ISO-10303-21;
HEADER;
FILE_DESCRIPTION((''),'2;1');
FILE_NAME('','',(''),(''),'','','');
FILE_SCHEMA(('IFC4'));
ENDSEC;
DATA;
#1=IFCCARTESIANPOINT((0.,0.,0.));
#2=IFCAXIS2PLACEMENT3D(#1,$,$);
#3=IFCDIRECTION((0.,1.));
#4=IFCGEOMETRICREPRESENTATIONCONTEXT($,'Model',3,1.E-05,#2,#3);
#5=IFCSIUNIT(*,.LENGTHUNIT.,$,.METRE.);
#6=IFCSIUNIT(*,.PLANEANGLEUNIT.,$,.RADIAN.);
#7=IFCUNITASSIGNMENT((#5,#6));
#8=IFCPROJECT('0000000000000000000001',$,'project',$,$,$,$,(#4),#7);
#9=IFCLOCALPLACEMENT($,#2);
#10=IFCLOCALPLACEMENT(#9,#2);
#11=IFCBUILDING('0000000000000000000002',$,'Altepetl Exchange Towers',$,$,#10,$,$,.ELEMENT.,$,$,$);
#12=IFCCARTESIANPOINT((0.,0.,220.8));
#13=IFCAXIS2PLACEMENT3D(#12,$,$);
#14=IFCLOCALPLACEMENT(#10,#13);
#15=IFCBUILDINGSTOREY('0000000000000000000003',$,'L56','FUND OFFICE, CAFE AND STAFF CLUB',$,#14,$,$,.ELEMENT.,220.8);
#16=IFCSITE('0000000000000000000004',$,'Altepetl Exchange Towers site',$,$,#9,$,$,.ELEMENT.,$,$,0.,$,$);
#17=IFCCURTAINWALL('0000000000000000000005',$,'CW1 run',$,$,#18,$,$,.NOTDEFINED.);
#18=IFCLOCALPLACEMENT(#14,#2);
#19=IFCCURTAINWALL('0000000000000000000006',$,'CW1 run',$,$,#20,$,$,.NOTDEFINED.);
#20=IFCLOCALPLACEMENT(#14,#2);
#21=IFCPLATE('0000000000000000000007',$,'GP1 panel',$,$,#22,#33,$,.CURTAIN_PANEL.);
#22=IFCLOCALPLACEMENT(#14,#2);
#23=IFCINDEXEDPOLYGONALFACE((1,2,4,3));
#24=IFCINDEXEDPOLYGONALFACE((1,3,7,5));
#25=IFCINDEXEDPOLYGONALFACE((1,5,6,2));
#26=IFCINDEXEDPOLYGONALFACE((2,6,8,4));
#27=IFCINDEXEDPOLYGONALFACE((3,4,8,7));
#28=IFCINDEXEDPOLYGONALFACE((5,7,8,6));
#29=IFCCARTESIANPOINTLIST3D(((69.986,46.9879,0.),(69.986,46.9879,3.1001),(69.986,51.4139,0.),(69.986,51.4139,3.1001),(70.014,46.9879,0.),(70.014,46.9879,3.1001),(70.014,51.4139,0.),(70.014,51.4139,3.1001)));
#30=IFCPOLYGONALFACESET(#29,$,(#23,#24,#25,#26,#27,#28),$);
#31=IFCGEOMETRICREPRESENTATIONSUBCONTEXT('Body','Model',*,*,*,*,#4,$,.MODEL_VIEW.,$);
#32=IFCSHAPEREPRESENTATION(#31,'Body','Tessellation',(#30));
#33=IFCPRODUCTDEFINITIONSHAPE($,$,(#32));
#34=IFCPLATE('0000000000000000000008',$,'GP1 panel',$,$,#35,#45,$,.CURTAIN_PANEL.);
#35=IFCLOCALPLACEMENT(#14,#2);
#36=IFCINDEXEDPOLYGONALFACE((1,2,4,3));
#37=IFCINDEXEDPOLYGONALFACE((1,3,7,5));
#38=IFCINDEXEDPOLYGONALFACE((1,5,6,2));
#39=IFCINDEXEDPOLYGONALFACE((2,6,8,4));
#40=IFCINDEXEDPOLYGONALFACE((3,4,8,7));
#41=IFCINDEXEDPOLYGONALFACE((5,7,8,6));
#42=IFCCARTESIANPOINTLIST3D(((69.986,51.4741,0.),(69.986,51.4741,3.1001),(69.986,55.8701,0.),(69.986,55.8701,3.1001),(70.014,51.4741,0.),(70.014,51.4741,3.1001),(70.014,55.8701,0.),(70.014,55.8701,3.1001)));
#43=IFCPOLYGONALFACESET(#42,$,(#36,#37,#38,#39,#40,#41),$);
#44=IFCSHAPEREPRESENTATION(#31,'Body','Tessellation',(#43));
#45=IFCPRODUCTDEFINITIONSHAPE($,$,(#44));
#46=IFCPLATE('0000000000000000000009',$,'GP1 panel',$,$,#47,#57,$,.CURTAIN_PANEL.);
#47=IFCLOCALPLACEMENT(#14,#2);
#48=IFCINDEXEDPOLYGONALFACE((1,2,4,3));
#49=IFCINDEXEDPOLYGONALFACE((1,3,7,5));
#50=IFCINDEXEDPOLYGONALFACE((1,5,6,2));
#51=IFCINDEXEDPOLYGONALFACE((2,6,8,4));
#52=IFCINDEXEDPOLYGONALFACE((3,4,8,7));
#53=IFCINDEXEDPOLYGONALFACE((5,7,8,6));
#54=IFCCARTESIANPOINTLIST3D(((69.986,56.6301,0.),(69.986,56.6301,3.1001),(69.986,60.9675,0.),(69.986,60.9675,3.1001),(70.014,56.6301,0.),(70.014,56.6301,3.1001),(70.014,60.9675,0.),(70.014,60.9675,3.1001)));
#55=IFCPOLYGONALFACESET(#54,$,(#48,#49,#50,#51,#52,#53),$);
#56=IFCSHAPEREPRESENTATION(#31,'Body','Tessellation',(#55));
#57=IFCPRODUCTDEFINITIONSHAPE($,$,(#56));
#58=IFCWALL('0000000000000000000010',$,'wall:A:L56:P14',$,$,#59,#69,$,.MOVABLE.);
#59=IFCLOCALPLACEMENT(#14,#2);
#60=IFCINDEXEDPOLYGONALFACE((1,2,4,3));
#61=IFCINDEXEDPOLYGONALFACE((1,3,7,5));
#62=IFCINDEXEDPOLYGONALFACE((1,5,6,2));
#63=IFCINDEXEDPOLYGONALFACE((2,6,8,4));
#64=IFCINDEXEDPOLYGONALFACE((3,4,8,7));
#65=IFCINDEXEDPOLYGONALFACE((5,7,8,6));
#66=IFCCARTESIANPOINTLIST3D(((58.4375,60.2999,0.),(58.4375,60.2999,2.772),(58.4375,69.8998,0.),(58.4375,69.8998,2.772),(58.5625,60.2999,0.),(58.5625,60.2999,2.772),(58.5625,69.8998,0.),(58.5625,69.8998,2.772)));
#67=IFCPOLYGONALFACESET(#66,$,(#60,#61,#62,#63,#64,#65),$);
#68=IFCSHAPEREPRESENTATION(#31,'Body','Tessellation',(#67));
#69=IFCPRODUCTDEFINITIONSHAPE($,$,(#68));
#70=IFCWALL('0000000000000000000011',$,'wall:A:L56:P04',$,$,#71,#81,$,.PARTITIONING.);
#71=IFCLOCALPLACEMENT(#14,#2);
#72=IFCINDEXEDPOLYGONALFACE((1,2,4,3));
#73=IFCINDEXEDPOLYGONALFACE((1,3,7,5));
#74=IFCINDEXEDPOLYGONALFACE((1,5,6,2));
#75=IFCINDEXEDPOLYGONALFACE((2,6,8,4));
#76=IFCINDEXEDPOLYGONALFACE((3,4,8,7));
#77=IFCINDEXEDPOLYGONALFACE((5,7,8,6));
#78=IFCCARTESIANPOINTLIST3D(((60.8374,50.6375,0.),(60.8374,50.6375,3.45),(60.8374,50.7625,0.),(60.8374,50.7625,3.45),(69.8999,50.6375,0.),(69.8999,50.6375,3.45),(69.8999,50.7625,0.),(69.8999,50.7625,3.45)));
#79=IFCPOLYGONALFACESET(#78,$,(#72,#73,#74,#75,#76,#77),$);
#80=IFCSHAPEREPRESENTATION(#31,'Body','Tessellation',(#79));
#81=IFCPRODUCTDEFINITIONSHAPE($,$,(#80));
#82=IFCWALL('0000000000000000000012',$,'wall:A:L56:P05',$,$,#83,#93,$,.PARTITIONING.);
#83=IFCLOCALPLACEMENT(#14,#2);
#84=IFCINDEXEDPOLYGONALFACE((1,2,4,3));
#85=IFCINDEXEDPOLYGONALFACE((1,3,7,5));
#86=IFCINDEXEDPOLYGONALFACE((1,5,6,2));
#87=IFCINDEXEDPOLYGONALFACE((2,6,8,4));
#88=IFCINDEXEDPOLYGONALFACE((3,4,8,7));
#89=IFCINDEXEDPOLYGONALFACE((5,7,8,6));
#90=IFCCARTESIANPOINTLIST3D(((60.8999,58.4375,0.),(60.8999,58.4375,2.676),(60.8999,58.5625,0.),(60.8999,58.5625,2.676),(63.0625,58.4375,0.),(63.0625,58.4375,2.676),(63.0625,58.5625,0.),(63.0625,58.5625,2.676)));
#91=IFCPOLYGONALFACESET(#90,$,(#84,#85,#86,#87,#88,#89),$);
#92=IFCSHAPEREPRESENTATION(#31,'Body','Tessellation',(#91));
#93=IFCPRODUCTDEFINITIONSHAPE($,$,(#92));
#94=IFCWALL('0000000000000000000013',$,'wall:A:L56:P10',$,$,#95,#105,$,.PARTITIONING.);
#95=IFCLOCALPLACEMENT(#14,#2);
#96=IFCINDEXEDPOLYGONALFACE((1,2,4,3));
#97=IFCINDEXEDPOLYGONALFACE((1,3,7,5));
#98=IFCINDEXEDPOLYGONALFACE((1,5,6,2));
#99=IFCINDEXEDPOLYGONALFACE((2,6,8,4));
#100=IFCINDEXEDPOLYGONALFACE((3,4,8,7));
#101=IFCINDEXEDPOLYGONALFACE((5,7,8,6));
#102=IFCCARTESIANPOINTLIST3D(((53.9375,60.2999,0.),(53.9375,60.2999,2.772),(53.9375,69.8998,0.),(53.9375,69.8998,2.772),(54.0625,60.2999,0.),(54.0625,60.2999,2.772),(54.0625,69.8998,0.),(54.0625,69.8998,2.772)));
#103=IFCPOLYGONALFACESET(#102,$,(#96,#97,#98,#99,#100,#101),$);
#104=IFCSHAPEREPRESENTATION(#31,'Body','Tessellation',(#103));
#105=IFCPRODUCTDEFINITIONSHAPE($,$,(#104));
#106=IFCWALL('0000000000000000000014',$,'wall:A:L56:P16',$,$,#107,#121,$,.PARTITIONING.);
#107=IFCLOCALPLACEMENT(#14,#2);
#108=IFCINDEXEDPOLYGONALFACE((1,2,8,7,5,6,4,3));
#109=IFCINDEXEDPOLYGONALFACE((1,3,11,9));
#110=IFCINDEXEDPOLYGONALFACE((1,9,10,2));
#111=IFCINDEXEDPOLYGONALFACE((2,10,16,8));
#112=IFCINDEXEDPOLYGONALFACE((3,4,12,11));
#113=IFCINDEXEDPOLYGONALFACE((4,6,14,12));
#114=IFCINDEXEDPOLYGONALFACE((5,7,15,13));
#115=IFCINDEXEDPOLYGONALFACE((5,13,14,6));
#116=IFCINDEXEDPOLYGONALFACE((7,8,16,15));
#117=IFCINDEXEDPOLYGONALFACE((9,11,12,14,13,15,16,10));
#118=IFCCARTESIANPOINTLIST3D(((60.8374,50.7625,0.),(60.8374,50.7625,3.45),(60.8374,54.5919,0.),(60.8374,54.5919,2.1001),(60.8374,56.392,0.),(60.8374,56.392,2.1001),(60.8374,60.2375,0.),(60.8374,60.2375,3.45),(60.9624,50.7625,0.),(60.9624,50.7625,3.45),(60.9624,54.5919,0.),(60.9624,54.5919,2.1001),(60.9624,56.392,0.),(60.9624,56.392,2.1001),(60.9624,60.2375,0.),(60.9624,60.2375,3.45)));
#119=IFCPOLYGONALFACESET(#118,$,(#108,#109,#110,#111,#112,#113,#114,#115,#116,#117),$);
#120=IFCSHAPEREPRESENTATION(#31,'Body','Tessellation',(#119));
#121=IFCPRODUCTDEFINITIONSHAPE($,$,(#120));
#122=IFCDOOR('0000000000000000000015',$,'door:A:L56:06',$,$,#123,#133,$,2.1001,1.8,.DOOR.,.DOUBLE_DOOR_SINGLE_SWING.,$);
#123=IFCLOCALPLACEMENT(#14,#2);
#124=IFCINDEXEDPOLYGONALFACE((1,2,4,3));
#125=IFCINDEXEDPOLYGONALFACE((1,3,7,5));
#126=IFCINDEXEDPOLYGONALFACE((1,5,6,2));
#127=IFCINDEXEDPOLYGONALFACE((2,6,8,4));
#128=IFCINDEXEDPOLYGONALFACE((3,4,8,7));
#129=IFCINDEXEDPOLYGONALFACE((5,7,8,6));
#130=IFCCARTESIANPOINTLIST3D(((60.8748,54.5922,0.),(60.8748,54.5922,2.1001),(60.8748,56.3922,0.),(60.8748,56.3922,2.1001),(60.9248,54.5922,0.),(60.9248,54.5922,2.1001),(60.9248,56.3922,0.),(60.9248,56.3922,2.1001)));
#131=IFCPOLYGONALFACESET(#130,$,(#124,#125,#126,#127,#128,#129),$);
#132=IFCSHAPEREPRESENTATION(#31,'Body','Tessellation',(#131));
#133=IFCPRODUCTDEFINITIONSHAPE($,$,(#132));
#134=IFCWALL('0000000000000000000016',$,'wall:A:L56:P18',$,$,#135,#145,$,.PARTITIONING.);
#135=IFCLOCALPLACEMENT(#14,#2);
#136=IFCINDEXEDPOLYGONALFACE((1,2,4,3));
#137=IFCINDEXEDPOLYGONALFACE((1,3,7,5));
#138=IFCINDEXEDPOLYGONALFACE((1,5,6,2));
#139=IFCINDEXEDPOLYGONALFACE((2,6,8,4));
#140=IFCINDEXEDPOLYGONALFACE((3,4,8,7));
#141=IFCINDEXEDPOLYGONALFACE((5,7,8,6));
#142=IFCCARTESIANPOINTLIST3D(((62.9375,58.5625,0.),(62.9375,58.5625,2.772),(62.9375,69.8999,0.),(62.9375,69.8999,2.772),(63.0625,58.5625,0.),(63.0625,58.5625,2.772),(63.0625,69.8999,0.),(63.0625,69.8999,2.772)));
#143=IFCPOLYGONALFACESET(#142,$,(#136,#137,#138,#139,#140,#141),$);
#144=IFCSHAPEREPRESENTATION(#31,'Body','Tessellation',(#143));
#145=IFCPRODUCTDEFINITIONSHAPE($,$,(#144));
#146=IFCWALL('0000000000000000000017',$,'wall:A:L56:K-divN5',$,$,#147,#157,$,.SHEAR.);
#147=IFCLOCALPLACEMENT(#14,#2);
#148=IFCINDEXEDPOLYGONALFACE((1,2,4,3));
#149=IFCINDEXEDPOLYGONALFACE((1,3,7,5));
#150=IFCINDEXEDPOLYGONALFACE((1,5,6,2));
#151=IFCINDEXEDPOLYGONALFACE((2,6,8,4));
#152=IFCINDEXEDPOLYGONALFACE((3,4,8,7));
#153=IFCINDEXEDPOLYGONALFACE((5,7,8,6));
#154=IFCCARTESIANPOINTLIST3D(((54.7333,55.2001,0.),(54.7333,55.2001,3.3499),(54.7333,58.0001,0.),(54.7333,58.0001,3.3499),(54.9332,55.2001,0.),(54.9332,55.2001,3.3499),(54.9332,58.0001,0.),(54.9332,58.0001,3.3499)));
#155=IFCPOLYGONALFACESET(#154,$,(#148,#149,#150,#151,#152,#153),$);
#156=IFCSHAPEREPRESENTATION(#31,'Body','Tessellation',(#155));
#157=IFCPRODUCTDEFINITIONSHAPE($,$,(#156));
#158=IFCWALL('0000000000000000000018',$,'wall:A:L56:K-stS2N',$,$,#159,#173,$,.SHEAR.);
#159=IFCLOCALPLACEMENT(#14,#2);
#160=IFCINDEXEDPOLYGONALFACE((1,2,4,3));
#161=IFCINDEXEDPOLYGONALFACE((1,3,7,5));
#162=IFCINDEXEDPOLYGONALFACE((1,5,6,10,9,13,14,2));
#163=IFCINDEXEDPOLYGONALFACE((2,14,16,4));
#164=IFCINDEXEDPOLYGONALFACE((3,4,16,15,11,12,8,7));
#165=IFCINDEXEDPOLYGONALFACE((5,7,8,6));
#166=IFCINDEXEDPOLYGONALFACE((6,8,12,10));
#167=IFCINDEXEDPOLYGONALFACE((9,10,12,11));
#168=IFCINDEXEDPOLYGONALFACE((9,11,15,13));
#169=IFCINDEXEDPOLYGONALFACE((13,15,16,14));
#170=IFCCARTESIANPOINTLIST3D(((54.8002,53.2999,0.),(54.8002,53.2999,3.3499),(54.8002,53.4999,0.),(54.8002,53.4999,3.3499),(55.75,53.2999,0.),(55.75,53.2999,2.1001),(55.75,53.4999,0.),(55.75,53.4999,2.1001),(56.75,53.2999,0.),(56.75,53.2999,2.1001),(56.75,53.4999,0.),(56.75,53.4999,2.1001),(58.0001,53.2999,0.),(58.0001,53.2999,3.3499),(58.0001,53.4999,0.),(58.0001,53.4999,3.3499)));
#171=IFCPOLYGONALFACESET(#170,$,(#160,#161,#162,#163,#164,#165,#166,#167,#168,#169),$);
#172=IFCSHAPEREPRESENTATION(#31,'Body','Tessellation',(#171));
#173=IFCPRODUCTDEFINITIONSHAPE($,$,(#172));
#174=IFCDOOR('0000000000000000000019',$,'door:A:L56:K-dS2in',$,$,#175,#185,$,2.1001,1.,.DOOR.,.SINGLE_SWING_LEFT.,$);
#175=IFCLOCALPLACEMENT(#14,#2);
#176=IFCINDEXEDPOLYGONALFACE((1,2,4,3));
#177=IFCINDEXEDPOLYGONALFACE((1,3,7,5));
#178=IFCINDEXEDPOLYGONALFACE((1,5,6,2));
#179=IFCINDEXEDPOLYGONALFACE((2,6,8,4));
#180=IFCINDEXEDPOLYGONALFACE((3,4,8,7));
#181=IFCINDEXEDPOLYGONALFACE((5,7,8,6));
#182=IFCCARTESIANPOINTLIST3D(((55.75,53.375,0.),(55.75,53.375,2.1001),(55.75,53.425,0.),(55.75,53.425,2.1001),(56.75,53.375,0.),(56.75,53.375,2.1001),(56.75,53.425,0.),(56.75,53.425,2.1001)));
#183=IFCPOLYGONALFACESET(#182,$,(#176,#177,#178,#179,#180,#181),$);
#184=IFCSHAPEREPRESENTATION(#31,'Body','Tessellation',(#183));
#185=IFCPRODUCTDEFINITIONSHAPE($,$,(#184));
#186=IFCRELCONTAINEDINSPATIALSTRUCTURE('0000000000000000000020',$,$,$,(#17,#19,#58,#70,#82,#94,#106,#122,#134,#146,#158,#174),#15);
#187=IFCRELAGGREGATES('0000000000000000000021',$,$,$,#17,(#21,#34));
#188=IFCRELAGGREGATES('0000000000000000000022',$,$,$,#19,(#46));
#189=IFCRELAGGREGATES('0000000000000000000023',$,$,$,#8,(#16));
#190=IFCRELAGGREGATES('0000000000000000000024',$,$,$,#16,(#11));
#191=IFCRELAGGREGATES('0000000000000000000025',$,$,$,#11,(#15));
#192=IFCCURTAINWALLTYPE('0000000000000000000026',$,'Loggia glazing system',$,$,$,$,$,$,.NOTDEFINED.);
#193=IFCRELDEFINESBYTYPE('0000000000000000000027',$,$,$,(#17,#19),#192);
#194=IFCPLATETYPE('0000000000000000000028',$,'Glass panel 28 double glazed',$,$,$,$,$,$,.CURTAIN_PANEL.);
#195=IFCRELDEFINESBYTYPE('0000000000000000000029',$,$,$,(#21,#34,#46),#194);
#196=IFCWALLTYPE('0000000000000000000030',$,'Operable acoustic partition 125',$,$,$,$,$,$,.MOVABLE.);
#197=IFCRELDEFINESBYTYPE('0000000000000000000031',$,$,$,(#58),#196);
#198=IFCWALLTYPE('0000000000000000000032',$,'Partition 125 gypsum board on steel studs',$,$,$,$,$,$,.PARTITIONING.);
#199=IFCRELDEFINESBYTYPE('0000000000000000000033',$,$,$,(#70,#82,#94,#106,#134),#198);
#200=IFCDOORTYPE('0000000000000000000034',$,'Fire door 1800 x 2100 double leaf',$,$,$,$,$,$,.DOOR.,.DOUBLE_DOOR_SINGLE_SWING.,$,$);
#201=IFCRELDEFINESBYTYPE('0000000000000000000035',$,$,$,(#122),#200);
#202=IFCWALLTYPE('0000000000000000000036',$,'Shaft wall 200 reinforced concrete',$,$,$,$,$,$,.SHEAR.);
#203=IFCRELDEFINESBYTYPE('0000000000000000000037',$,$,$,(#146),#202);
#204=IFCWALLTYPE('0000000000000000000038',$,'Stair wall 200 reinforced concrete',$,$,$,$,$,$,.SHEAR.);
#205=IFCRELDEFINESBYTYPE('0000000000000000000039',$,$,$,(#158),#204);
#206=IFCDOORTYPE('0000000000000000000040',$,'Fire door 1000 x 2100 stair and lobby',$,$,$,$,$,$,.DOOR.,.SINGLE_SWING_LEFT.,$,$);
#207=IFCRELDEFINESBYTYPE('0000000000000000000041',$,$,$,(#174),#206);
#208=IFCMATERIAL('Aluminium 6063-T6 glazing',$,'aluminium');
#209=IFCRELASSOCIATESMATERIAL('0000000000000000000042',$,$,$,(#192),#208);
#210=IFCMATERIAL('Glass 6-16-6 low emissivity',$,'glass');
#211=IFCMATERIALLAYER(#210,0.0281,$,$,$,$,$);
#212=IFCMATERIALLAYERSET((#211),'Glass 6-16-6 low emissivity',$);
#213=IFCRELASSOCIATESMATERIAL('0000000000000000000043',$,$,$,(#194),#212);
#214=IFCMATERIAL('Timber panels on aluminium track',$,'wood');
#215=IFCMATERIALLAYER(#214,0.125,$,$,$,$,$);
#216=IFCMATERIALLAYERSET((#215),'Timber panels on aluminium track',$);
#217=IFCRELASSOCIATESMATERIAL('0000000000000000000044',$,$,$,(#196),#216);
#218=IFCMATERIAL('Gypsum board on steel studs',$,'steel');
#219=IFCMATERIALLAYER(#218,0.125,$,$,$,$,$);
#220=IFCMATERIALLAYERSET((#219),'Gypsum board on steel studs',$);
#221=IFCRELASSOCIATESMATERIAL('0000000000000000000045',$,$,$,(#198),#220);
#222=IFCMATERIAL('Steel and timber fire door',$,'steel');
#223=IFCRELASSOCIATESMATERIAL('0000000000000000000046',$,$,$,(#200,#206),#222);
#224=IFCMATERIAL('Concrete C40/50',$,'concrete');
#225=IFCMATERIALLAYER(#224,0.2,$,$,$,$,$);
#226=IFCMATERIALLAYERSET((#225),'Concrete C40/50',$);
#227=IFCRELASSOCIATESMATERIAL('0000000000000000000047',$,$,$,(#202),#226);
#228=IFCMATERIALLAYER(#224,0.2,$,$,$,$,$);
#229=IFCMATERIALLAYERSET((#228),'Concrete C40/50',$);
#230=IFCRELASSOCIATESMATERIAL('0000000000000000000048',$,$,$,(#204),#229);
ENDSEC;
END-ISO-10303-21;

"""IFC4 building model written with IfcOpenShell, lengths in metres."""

from ifc_helpers import new_model, si_unit, direction, frame, frame_2d, origin, origin_2d, place, context, subcontext, project, spatial, rectangle, extrude, material, layer, layer_set, type_object, element, fill, aggregate, save


model = new_model("IFC4")

# Units and contexts
model_context = context("Model", 3, precision=1e-05, world=origin(), true_north=direction((0.0, 1.0)))
body_context = subcontext(model_context, "Body", "Model", "MODEL_VIEW")
ifc_project = project(units=[si_unit("LENGTHUNIT", "METRE"), si_unit("PLANEANGLEUNIT", "RADIAN")], contexts=[model_context])

# Site, building, storey
site_placement = place(None, origin())
site = spatial("IfcSite", under=ifc_project, at=site_placement, Name="Altepetl Exchange Towers site", CompositionType="ELEMENT", RefElevation=0.0)
building_placement = place(site_placement, origin())
building = spatial("IfcBuilding", under=site, at=building_placement, Name="Altepetl Exchange Towers", CompositionType="ELEMENT")
storey_placement = place(building_placement, frame((0.0, 0.0, 220.8)))
storey = spatial("IfcBuildingStorey", under=building, at=storey_placement, Name="L56", Description="FUND OFFICE, CAFE AND STAFF CLUB", CompositionType="ELEMENT", Elevation=220.8)

# Curtain wall
ifc_material_1 = material(Name="Aluminium 6063-T6 glazing", Category="aluminium")
curtain_wall_type = type_object("IfcCurtainWallType", Name="Loggia glazing system", PredefinedType="NOTDEFINED", material=ifc_material_1)
curtain_wall_1_placement = place(storey_placement, origin())
curtain_wall_1 = element("IfcCurtainWall", 1, at=curtain_wall_1_placement, inside=storey, type_object=curtain_wall_type, Name="CW1 run", PredefinedType="NOTDEFINED")

# Curtain wall
curtain_wall_2_placement = place(storey_placement, origin())
curtain_wall_2 = element("IfcCurtainWall", 2, at=curtain_wall_2_placement, inside=storey, type_object=curtain_wall_type, Name="CW1 run", PredefinedType="NOTDEFINED")

# Plates
ifc_material_2 = material(Name="Glass 6-16-6 low emissivity", Category="glass")
ifc_layer_1 = layer(ifc_material_2, 0.0281)
ifc_layer_set_1 = layer_set([ifc_layer_1], Name="Glass 6-16-6 low emissivity")
plate_type = type_object("IfcPlateType", Name="Glass panel 28 double glazed", PredefinedType="CURTAIN_PANEL", material=ifc_layer_set_1)
plate_1_placement = place(storey_placement, frame((70.0, 49.2009, 0.0), z_axis=(0.0, 0.0, 1.0), x_axis=(0.0, 1.0, 0.0)))
plate_1 = element("IfcPlate", 3, at=plate_1_placement, type_object=plate_type, Name="GP1 panel", PredefinedType="CURTAIN_PANEL", context=body_context, shape_type="SweptSolid", body=[
    extrude(rectangle(XDim=4.426, YDim=0.0281, at=origin_2d()), origin(), (0.0, 0.0, 1.0), 3.1001),
])
plate_2_placement = place(storey_placement, frame((70.0, 53.6721, 0.0), z_axis=(0.0, 0.0, 1.0), x_axis=(0.0, 1.0, 0.0)))
plate_2 = element("IfcPlate", 4, at=plate_2_placement, type_object=plate_type, Name="GP1 panel", PredefinedType="CURTAIN_PANEL", context=body_context, shape_type="SweptSolid", body=[
    extrude(rectangle(XDim=4.396, YDim=0.0281, at=origin_2d()), origin(), (0.0, 0.0, 1.0), 3.1001),
])
aggregate(curtain_wall_1, [plate_1, plate_2])
plate_3_placement = place(storey_placement, frame((70.0, 58.7988, 0.0), z_axis=(0.0, 0.0, 1.0), x_axis=(0.0, 1.0, 0.0)))
plate_3 = element("IfcPlate", 5, at=plate_3_placement, type_object=plate_type, Name="GP1 panel", PredefinedType="CURTAIN_PANEL", context=body_context, shape_type="SweptSolid", body=[
    extrude(rectangle(XDim=4.3374, YDim=0.0281, at=origin_2d()), origin(), (0.0, 0.0, 1.0), 3.1001),
])
aggregate(curtain_wall_2, [plate_3])

# Walls
ifc_material_3 = material(Name="Timber panels on aluminium track", Category="wood")
ifc_layer_2 = layer(ifc_material_3, 0.125)
ifc_layer_set_2 = layer_set([ifc_layer_2], Name="Timber panels on aluminium track")
wall_type_1 = type_object("IfcWallType", Name="Operable acoustic partition 125", PredefinedType="MOVABLE", material=ifc_layer_set_2)
wall_1_placement = place(storey_placement, frame((58.5, 60.3, 0.0), z_axis=(0.0, 0.0, 1.0), x_axis=(0.0, 1.0, 0.0)))
element("IfcWall", 6, at=wall_1_placement, inside=storey, type_object=wall_type_1, Name="wall:A:L56:P14", PredefinedType="MOVABLE", context=body_context, shape_type="SweptSolid", body=[
    extrude(rectangle(XDim=9.5999, YDim=0.125, at=frame_2d((4.7998, 0.0))), origin(), (0.0, 0.0, 1.0), 2.772),
])
ifc_material_4 = material(Name="Gypsum board on steel studs", Category="steel")
ifc_layer_3 = layer(ifc_material_4, 0.125)
ifc_layer_set_3 = layer_set([ifc_layer_3], Name="Gypsum board on steel studs")
wall_type_2 = type_object("IfcWallType", Name="Partition 125 gypsum board on steel studs", PredefinedType="PARTITIONING", material=ifc_layer_set_3)
wall_2_placement = place(storey_placement, frame((60.8374, 50.7, 0.0)))
element("IfcWall", 7, at=wall_2_placement, inside=storey, type_object=wall_type_2, Name="wall:A:L56:P04", PredefinedType="PARTITIONING", context=body_context, shape_type="SweptSolid", body=[
    extrude(rectangle(XDim=9.0625, YDim=0.125, at=frame_2d((4.5312, 0.0))), origin(), (0.0, 0.0, 1.0), 3.45),
])
wall_3_placement = place(storey_placement, frame((60.8999, 58.5, 0.0)))
element("IfcWall", 8, at=wall_3_placement, inside=storey, type_object=wall_type_2, Name="wall:A:L56:P05", PredefinedType="PARTITIONING", context=body_context, shape_type="SweptSolid", body=[
    extrude(rectangle(XDim=2.1626, YDim=0.125, at=frame_2d((1.0813, 0.0))), origin(), (0.0, 0.0, 1.0), 2.676),
])
wall_4_placement = place(storey_placement, frame((54.0, 60.3, 0.0), z_axis=(0.0, 0.0, 1.0), x_axis=(0.0, 1.0, 0.0)))
element("IfcWall", 9, at=wall_4_placement, inside=storey, type_object=wall_type_2, Name="wall:A:L56:P10", PredefinedType="PARTITIONING", context=body_context, shape_type="SweptSolid", body=[
    extrude(rectangle(XDim=9.5999, YDim=0.125, at=frame_2d((4.7998, 0.0))), origin(), (0.0, 0.0, 1.0), 2.772),
])

# Wall, opening, door
wall_5_placement = place(storey_placement, frame((60.8999, 50.7625, 0.0), z_axis=(0.0, 0.0, 1.0), x_axis=(0.0, 1.0, 0.0)))
wall_5 = element("IfcWall", 10, at=wall_5_placement, inside=storey, type_object=wall_type_2, Name="wall:A:L56:P16", PredefinedType="PARTITIONING", context=body_context, shape_type="SweptSolid", body=[
    extrude(rectangle(XDim=9.4751, YDim=0.125, at=frame_2d((4.7375, 0.0))), origin(), (0.0, 0.0, 1.0), 3.45),
])
opening_1_placement = place(wall_5_placement, frame((3.8296, 0.0, 0.0)))
opening_1 = element("IfcOpeningElement", 11, at=opening_1_placement, cuts=wall_5, PredefinedType="OPENING", context=body_context, shape_type="SweptSolid", body=[
    extrude(rectangle(XDim=1.8, YDim=2.1001, at=frame_2d((0.8999, 1.05))), frame((0.0, 0.0725, 0.0), z_axis=(0.0, -1.0, 0.0), x_axis=(1.0, 0.0, 0.0)), (0.0, 0.0, 1.0), 0.145),
])
ifc_material_5 = material(Name="Steel and timber fire door", Category="steel")
door_type_1 = type_object("IfcDoorType", Name="Fire door 1800 x 2100 double leaf", OperationType="DOUBLE_DOOR_SINGLE_SWING", PredefinedType="DOOR", material=ifc_material_5)
door_1_placement = place(opening_1_placement, frame((1.8, 0.0, 0.0), x_axis=(-1.0, 0.0, 0.0)))
door_1 = element("IfcDoor", 12, at=door_1_placement, inside=storey, type_object=door_type_1, Name="door:A:L56:06", OperationType="DOUBLE_DOOR_SINGLE_SWING", OverallHeight=2.1001, OverallWidth=1.8, PredefinedType="DOOR", context=body_context, shape_type="SweptSolid", body=[
    extrude(rectangle(XDim=1.8, YDim=2.1001, at=frame_2d((0.8999, 1.05))), frame((0.0, 0.0249, 0.0), z_axis=(0.0, -1.0, 0.0), x_axis=(1.0, 0.0, 0.0)), (0.0, 0.0, 1.0), 0.05),
])
fill(opening_1, door_1)

# Walls
wall_6_placement = place(storey_placement, frame((63.0, 58.5625, 0.0), z_axis=(0.0, 0.0, 1.0), x_axis=(0.0, 1.0, 0.0)))
element("IfcWall", 13, at=wall_6_placement, inside=storey, type_object=wall_type_2, Name="wall:A:L56:P18", PredefinedType="PARTITIONING", context=body_context, shape_type="SweptSolid", body=[
    extrude(rectangle(XDim=11.3374, YDim=0.125, at=frame_2d((5.6687, 0.0))), origin(), (0.0, 0.0, 1.0), 2.772),
])
ifc_material_6 = material(Name="Concrete C40/50", Category="concrete")
ifc_layer_4 = layer(ifc_material_6, 0.2)
ifc_layer_set_4 = layer_set([ifc_layer_4], Name="Concrete C40/50")
wall_type_3 = type_object("IfcWallType", Name="Shaft wall 200 reinforced concrete", PredefinedType="SHEAR", material=ifc_layer_set_4)
wall_7_placement = place(storey_placement, frame((54.8333, 58.0, 0.0), z_axis=(0.0, 0.0, 1.0), x_axis=(0.0, -1.0, 0.0)))
element("IfcWall", 14, at=wall_7_placement, inside=storey, type_object=wall_type_3, Name="wall:A:L56:K-divN5", PredefinedType="SHEAR", context=body_context, shape_type="SweptSolid", body=[
    extrude(rectangle(XDim=2.8, YDim=0.2, at=frame_2d((1.3999, 0.0))), origin(), (0.0, 0.0, 1.0), 3.3499),
])

# Wall, opening, door
ifc_layer_5 = layer(ifc_material_6, 0.2)
ifc_layer_set_5 = layer_set([ifc_layer_5], Name="Concrete C40/50")
wall_type_4 = type_object("IfcWallType", Name="Stair wall 200 reinforced concrete", PredefinedType="SHEAR", material=ifc_layer_set_5)
wall_8_placement = place(storey_placement, frame((54.8, 53.3999, 0.0)))
wall_8 = element("IfcWall", 15, at=wall_8_placement, inside=storey, type_object=wall_type_4, Name="wall:A:L56:K-stS2N", PredefinedType="SHEAR", context=body_context, shape_type="SweptSolid", body=[
    extrude(rectangle(XDim=3.2, YDim=0.2, at=frame_2d((1.6001, 0.0))), origin(), (0.0, 0.0, 1.0), 3.3499),
])
opening_2_placement = place(wall_8_placement, frame((0.95, 0.0, 0.0)))
opening_2 = element("IfcOpeningElement", 16, at=opening_2_placement, cuts=wall_8, PredefinedType="OPENING", context=body_context, shape_type="SweptSolid", body=[
    extrude(rectangle(XDim=1.0, YDim=2.1001, at=frame_2d((0.5, 1.05))), frame((0.0, 0.1099, 0.0), z_axis=(0.0, -1.0, 0.0), x_axis=(1.0, 0.0, 0.0)), (0.0, 0.0, 1.0), 0.22),
])
door_type_2 = type_object("IfcDoorType", Name="Fire door 1000 x 2100 stair and lobby", OperationType="SINGLE_SWING_LEFT", PredefinedType="DOOR", material=ifc_material_5)
door_2_placement = place(opening_2_placement, frame((1.0, 0.0, 0.0), x_axis=(-1.0, 0.0, 0.0)))
door_2 = element("IfcDoor", 17, at=door_2_placement, inside=storey, type_object=door_type_2, Name="door:A:L56:K-dS2in", OperationType="SINGLE_SWING_LEFT", OverallHeight=2.1001, OverallWidth=1.0, PredefinedType="DOOR", context=body_context, shape_type="SweptSolid", body=[
    extrude(rectangle(XDim=1.0, YDim=2.1001, at=frame_2d((0.5, 1.05))), frame((0.0, 0.0249, 0.0), z_axis=(0.0, -1.0, 0.0), x_axis=(1.0, 0.0, 0.0)), (0.0, 0.0, 1.0), 0.05),
])
fill(opening_2, door_2)

save(model, "model.ifc")
